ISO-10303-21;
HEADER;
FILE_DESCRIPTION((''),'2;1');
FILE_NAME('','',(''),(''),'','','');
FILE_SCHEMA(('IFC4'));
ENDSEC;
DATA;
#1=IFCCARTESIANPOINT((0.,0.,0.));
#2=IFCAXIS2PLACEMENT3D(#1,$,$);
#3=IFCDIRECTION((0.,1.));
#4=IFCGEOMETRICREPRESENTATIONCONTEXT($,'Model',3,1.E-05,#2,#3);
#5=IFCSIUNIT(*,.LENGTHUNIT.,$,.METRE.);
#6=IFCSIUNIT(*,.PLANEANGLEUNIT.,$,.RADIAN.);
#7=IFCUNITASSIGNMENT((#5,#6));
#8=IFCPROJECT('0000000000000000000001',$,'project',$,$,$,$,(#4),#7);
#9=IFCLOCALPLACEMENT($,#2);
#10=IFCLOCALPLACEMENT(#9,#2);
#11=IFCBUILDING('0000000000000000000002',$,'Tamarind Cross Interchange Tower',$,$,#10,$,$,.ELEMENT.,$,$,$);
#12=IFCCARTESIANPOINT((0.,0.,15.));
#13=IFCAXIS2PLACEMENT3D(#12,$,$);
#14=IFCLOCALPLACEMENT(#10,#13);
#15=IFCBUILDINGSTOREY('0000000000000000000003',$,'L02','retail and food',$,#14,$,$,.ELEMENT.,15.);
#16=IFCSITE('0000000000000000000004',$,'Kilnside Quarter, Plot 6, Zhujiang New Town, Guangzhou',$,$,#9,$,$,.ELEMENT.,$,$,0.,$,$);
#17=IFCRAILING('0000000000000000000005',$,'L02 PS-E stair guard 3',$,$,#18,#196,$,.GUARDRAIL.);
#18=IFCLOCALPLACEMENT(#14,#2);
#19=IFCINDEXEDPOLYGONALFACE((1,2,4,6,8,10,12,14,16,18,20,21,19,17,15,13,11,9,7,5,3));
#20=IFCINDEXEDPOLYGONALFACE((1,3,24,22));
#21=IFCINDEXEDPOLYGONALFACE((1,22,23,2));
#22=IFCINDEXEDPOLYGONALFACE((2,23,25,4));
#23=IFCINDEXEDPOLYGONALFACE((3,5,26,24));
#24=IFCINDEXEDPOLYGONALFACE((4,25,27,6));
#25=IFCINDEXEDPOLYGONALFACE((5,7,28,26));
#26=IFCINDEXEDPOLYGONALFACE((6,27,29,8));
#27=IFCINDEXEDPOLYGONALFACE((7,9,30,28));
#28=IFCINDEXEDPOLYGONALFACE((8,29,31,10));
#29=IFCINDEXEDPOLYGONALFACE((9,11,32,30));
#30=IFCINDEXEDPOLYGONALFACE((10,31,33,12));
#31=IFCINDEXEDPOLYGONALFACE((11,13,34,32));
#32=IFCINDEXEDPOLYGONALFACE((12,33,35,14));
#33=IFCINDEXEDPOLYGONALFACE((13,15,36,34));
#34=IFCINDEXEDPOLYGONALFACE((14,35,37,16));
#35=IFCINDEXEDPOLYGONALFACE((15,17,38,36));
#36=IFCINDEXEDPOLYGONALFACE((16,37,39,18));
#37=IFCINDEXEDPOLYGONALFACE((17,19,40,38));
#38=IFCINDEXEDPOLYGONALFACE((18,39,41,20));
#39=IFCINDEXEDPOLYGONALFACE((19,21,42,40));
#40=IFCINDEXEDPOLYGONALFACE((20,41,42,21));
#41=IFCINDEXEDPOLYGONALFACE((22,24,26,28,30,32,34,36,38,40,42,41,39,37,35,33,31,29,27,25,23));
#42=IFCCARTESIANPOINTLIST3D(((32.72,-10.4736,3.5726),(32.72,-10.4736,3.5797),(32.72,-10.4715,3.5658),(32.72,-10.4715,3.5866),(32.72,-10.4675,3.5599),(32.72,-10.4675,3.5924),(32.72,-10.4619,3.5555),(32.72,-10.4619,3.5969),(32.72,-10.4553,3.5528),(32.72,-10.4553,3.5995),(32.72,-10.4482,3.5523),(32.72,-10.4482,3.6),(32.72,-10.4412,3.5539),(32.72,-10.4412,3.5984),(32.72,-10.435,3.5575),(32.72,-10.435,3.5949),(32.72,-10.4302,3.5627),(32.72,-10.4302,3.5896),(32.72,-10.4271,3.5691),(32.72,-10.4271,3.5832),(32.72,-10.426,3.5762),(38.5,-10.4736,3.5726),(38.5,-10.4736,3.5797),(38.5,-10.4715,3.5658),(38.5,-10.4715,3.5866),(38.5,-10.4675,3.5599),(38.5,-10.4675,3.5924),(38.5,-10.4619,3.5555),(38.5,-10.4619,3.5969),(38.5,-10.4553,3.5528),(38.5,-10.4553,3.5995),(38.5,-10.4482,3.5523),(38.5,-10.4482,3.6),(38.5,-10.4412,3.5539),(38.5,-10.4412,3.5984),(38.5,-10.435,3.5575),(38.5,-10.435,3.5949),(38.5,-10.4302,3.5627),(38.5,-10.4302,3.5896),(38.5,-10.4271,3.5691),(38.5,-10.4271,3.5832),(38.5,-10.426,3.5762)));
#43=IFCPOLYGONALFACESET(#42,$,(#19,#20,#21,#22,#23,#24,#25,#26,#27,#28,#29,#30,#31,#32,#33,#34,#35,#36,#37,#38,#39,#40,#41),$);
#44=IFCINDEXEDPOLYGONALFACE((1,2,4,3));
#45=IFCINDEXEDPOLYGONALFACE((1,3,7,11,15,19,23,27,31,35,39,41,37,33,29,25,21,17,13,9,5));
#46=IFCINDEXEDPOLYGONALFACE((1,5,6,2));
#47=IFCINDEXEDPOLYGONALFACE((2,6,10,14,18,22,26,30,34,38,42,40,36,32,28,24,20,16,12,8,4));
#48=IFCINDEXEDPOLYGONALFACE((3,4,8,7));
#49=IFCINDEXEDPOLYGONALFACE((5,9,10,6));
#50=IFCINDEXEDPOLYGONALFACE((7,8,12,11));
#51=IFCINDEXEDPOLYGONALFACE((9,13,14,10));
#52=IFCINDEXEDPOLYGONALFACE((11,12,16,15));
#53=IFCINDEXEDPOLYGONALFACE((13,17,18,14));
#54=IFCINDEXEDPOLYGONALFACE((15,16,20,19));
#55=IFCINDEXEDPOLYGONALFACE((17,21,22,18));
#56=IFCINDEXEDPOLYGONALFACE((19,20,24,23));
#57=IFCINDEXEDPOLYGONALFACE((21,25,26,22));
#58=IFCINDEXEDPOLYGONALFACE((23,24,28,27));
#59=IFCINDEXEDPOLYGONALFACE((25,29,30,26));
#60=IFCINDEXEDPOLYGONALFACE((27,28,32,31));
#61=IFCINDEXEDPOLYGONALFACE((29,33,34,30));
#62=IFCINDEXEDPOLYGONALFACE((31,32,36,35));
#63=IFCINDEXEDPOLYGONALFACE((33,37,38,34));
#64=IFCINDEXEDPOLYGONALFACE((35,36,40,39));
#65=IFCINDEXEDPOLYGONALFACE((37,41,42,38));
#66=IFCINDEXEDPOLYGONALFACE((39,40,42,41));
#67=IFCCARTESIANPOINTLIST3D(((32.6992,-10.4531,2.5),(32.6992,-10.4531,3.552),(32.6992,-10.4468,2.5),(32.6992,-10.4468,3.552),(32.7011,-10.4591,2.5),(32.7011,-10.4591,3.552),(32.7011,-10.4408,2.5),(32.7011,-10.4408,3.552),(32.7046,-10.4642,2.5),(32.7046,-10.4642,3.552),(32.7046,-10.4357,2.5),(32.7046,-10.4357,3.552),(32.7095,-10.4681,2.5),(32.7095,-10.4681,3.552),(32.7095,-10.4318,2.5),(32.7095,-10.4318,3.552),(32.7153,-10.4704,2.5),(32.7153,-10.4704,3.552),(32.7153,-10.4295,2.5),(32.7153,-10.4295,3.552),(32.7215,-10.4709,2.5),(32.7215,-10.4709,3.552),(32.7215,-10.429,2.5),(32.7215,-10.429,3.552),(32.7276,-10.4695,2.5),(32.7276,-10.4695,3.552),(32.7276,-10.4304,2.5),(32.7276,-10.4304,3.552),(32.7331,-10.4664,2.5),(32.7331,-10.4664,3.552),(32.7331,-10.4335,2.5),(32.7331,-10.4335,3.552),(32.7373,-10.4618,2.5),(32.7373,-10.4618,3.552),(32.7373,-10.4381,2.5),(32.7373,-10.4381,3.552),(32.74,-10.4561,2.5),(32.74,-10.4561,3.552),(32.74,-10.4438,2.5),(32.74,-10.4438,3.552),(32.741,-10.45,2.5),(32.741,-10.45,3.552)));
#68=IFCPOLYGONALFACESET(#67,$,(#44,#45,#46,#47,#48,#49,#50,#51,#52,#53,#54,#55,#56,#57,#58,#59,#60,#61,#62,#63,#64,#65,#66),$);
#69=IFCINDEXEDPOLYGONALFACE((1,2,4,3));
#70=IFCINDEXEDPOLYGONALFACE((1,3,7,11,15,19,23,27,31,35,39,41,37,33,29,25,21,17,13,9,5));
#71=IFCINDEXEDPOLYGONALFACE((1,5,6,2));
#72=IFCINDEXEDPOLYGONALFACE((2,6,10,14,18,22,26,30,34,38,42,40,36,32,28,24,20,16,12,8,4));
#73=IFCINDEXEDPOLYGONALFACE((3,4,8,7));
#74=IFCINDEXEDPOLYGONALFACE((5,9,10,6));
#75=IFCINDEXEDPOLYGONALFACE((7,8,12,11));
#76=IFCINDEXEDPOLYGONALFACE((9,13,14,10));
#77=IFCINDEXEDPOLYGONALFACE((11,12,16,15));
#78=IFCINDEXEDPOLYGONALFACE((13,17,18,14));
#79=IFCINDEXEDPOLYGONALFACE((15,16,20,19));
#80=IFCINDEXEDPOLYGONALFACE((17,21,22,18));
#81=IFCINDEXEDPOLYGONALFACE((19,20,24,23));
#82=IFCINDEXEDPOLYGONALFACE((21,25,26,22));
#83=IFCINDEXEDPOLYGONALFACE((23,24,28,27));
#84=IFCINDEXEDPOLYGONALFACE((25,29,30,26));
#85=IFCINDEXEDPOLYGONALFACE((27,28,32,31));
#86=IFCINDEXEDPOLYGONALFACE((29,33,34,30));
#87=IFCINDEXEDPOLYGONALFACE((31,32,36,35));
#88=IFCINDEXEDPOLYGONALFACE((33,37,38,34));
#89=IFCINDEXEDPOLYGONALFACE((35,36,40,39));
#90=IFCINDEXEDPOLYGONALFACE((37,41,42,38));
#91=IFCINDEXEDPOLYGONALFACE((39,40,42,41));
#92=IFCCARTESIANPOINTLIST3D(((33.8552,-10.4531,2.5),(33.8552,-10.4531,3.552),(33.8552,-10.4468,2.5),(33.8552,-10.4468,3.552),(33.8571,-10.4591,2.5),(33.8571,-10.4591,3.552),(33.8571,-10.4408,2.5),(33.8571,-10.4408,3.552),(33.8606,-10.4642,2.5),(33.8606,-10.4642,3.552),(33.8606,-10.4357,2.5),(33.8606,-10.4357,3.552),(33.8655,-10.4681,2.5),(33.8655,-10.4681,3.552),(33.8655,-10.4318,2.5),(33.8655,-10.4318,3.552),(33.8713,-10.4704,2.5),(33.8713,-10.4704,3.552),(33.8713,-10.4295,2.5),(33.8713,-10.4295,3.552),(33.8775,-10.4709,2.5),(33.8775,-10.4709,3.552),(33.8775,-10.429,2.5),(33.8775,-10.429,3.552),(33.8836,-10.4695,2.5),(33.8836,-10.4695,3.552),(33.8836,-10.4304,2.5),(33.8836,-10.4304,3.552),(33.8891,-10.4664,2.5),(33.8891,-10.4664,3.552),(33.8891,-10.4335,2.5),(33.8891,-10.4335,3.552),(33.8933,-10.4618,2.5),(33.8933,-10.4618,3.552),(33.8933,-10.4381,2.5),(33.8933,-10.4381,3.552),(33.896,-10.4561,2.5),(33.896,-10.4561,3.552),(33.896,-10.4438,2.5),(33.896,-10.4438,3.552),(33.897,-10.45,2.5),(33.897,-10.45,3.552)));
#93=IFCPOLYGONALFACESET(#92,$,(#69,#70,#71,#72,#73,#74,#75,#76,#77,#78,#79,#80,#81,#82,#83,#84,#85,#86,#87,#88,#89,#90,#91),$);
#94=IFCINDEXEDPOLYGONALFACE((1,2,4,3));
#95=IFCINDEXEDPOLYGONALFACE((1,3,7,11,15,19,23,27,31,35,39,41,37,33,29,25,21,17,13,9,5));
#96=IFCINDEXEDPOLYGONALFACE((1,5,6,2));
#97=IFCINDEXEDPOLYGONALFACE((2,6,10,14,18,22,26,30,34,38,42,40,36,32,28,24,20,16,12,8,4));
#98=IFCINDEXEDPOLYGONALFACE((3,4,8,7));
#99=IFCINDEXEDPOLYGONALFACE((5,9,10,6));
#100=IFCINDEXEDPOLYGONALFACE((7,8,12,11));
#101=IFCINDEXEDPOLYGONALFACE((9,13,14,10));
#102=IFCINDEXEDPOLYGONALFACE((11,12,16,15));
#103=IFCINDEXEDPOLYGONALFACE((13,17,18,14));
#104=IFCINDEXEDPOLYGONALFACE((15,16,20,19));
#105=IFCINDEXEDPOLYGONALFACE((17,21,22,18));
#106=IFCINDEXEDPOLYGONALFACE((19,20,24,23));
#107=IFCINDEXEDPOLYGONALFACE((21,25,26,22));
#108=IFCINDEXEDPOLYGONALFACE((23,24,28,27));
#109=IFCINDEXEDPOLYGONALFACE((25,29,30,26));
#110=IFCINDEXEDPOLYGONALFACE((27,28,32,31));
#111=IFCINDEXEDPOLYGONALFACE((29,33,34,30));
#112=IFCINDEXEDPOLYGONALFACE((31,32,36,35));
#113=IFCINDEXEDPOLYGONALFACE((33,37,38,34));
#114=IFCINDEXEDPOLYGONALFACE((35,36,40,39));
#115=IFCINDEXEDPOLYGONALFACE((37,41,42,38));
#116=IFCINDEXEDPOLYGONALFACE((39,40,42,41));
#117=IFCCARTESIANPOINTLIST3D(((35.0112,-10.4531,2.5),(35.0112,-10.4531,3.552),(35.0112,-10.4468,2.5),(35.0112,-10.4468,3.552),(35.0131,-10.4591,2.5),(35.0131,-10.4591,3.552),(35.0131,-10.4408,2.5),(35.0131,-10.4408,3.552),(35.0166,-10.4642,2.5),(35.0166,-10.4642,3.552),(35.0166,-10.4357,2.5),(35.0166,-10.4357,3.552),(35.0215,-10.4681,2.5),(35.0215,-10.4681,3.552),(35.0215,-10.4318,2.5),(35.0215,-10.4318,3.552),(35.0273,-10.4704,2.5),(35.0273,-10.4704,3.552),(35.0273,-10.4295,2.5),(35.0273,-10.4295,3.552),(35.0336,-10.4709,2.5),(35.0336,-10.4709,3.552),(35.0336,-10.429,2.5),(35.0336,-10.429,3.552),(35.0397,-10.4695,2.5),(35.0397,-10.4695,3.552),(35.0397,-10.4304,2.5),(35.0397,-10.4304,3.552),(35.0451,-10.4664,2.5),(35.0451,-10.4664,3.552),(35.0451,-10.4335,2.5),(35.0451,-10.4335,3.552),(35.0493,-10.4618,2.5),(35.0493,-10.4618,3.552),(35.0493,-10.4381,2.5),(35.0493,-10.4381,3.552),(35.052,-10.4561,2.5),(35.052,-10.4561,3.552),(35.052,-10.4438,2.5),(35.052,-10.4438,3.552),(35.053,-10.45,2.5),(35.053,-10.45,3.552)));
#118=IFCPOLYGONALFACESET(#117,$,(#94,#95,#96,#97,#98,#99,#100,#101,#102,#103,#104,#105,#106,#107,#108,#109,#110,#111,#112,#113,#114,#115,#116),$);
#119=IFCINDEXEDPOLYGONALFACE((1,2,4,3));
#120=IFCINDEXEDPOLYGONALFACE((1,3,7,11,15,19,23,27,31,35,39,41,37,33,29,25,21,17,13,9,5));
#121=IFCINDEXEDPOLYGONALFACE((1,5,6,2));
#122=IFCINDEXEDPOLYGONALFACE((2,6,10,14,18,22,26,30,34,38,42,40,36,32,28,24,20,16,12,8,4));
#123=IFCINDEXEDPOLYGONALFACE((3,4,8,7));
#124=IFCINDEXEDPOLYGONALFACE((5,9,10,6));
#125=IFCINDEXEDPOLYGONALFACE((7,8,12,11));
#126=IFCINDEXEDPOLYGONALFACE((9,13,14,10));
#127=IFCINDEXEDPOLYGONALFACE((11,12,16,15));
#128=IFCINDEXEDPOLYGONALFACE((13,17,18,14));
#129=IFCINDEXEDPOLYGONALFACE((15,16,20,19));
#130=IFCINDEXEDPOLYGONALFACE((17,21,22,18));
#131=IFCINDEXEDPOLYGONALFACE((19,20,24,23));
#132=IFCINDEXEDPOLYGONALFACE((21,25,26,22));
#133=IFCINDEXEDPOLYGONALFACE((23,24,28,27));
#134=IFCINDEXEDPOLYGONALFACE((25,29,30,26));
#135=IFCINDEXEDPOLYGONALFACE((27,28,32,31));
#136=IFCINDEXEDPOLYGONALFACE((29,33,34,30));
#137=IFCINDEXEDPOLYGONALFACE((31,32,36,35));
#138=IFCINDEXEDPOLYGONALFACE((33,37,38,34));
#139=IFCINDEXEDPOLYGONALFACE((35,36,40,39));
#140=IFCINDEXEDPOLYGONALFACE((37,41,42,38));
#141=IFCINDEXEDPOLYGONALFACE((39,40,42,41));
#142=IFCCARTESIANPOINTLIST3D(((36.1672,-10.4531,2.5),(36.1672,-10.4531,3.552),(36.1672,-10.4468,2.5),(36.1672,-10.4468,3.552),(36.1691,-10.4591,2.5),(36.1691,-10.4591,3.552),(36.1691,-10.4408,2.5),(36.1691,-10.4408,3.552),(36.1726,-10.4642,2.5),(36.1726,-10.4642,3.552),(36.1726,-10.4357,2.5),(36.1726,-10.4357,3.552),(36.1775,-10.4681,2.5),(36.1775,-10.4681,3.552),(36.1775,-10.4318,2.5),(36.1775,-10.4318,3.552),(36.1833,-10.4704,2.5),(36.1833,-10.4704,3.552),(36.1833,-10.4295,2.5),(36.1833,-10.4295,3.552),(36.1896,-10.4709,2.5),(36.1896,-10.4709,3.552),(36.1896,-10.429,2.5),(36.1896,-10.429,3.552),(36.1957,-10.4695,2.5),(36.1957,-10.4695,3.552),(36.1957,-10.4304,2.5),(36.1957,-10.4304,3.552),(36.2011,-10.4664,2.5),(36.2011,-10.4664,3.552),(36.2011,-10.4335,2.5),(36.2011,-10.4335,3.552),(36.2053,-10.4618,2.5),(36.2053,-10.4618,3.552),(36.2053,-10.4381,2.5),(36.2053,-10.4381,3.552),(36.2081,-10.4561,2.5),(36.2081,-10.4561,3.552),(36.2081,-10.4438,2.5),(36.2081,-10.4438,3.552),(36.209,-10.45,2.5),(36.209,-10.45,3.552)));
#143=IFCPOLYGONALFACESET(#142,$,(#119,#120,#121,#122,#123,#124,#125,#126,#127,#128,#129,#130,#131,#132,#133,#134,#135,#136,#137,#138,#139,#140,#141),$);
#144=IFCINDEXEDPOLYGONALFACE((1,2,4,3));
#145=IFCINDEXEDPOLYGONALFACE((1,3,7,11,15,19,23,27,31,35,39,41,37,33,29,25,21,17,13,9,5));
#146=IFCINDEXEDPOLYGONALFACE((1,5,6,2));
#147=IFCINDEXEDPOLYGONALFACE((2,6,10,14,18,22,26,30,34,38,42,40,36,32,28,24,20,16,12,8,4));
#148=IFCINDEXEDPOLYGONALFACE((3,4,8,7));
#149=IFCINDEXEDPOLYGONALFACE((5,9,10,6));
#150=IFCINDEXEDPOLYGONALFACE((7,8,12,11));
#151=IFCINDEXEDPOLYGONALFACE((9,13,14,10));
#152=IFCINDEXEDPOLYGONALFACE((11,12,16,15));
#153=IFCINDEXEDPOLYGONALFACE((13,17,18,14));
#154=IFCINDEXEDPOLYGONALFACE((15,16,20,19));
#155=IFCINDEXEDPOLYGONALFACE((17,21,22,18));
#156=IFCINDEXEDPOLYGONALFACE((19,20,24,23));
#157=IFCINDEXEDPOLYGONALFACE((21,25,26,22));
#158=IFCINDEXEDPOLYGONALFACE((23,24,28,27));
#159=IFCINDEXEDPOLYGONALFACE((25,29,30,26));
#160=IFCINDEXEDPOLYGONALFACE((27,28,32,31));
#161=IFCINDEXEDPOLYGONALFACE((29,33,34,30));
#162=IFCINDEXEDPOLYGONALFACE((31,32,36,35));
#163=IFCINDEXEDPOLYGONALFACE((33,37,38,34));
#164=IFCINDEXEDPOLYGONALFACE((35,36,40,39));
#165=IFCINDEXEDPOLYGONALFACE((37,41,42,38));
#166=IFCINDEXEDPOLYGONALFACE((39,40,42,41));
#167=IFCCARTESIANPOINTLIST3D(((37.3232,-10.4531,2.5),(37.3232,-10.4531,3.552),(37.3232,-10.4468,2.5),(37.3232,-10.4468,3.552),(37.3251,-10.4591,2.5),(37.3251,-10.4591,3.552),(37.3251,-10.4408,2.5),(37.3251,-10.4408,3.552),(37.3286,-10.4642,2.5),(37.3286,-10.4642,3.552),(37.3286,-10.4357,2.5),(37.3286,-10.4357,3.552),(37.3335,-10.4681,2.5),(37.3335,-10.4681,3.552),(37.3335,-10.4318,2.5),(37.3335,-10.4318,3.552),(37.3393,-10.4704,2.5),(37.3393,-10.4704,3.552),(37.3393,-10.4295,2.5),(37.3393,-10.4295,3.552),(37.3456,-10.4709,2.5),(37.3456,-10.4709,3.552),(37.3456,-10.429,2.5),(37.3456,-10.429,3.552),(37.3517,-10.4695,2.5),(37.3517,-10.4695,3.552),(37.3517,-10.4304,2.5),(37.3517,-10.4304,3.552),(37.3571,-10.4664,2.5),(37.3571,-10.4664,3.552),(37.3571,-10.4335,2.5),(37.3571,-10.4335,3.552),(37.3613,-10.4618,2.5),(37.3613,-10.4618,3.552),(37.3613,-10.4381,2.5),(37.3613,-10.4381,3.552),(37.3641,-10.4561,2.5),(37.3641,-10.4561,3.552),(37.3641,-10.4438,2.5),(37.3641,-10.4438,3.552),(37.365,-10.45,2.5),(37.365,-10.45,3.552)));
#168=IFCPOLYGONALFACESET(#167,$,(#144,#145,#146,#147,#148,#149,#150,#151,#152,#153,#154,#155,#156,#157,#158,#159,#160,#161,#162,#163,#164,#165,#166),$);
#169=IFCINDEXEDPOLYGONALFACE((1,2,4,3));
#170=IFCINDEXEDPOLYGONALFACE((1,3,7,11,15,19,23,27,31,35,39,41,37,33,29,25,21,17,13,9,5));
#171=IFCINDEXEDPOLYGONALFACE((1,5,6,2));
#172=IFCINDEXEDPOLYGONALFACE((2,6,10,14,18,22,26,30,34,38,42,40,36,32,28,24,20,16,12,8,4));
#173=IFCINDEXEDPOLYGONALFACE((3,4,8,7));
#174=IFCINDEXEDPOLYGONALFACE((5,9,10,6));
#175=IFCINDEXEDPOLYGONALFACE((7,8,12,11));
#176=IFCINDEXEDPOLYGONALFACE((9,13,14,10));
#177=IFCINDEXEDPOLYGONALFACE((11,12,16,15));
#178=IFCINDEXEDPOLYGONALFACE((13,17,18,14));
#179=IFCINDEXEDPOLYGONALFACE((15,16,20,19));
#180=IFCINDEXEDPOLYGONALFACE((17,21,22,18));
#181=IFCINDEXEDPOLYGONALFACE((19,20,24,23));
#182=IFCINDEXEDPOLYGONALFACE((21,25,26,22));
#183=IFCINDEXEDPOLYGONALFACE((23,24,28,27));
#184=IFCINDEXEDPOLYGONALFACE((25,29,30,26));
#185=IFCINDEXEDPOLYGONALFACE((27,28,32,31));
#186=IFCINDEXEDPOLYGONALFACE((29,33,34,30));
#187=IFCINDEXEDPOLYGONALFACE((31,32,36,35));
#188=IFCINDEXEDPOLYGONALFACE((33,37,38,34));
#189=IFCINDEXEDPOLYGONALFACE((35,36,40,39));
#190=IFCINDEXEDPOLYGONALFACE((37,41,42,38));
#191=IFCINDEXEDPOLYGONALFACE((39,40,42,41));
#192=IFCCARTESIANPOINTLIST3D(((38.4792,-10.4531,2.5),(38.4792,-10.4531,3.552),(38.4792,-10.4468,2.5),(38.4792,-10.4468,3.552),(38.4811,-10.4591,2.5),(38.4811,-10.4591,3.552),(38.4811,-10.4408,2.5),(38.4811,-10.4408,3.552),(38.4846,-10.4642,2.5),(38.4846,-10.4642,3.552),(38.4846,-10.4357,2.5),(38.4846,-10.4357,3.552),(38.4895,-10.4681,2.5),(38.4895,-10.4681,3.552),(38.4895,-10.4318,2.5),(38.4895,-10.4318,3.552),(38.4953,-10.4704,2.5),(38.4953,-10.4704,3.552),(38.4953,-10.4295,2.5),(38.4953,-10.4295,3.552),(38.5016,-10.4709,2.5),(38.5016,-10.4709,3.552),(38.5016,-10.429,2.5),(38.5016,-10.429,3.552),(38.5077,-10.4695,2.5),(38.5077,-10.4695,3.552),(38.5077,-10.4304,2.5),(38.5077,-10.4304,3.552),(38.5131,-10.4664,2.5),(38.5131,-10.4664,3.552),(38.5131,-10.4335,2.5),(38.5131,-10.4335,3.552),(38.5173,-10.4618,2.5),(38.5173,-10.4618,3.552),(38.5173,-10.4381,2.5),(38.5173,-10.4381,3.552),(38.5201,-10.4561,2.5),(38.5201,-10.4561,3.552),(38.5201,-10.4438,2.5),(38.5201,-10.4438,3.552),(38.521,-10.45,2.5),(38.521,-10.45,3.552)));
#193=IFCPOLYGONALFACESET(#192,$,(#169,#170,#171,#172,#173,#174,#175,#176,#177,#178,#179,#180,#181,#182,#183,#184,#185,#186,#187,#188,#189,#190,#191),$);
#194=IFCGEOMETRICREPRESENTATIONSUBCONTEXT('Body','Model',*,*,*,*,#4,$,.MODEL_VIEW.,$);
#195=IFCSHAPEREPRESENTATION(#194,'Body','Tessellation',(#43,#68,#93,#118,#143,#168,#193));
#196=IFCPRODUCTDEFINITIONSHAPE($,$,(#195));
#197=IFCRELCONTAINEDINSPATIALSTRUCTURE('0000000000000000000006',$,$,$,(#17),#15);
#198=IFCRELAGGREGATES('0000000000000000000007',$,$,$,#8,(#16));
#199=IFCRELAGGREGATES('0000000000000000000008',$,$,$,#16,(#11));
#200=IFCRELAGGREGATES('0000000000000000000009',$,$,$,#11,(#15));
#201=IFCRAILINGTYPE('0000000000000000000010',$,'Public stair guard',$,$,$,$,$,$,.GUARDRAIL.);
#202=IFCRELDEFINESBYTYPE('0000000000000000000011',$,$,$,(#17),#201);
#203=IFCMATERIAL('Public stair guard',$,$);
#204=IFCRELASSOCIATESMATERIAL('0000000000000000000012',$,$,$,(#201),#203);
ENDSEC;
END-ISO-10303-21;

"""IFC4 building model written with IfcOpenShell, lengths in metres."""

from ifc_helpers import new_model, si_unit, direction, frame, origin, origin_2d, place, context, subcontext, project, spatial, circle, extrude, material, type_object, element, save


model = new_model("IFC4")

# Units and contexts
model_context = context("Model", 3, precision=1e-05, world=origin(), true_north=direction((0.0, 1.0)))
body_context = subcontext(model_context, "Body", "Model", "MODEL_VIEW")
ifc_project = project(units=[si_unit("LENGTHUNIT", "METRE"), si_unit("PLANEANGLEUNIT", "RADIAN")], contexts=[model_context])

# Site, building, storey
site_placement = place(None, origin())
site = spatial("IfcSite", under=ifc_project, at=site_placement, Name="Kilnside Quarter, Plot 6, Zhujiang New Town, Guangzhou", CompositionType="ELEMENT", RefElevation=0.0)
building_placement = place(site_placement, origin())
building = spatial("IfcBuilding", under=site, at=building_placement, Name="Tamarind Cross Interchange Tower", CompositionType="ELEMENT")
storey_placement = place(building_placement, frame((0.0, 0.0, 15.0)))
storey = spatial("IfcBuildingStorey", under=building, at=storey_placement, Name="L02", Description="retail and food", CompositionType="ELEMENT", Elevation=15.0)

# Railing
ifc_material_1 = material(Name="Public stair guard")
railing_type_1 = type_object("IfcRailingType", Name="Public stair guard", PredefinedType="GUARDRAIL", material=ifc_material_1)
for number, where, name in (
    (1, (32.72, -10.45, 2.5), "L02 PS-E stair guard 3"),
):
    element("IfcRailing", number, at=place(storey_placement, frame(where)), inside=storey, type_object=railing_type_1, Name=name, PredefinedType="GUARDRAIL", context=body_context, shape_type="SweptSolid", body=[
        extrude(circle(Radius=0.0239, at=origin_2d()), frame((0.0, 0.0, 1.0762), z_axis=(1.0, 0.0, 0.0), x_axis=(0.0, 1.0, 0.0)), (0.0, 0.0, 1.0), 5.78),
        extrude(circle(Radius=0.021, at=origin_2d()), origin(), (0.0, 0.0, 1.0), 1.052),
        extrude(circle(Radius=0.021, at=origin_2d()), frame((1.156, 0.0, 0.0)), (0.0, 0.0, 1.0), 1.052),
        extrude(circle(Radius=0.021, at=origin_2d()), frame((2.312, 0.0, 0.0)), (0.0, 0.0, 1.0), 1.052),
        extrude(circle(Radius=0.021, at=origin_2d()), frame((3.468, 0.0, 0.0)), (0.0, 0.0, 1.0), 1.052),
        extrude(circle(Radius=0.021, at=origin_2d()), frame((4.624, 0.0, 0.0)), (0.0, 0.0, 1.0), 1.052),
        extrude(circle(Radius=0.021, at=origin_2d()), frame((5.78, 0.0, 0.0)), (0.0, 0.0, 1.0), 1.052),
    ])

save(model, "model.ifc")
